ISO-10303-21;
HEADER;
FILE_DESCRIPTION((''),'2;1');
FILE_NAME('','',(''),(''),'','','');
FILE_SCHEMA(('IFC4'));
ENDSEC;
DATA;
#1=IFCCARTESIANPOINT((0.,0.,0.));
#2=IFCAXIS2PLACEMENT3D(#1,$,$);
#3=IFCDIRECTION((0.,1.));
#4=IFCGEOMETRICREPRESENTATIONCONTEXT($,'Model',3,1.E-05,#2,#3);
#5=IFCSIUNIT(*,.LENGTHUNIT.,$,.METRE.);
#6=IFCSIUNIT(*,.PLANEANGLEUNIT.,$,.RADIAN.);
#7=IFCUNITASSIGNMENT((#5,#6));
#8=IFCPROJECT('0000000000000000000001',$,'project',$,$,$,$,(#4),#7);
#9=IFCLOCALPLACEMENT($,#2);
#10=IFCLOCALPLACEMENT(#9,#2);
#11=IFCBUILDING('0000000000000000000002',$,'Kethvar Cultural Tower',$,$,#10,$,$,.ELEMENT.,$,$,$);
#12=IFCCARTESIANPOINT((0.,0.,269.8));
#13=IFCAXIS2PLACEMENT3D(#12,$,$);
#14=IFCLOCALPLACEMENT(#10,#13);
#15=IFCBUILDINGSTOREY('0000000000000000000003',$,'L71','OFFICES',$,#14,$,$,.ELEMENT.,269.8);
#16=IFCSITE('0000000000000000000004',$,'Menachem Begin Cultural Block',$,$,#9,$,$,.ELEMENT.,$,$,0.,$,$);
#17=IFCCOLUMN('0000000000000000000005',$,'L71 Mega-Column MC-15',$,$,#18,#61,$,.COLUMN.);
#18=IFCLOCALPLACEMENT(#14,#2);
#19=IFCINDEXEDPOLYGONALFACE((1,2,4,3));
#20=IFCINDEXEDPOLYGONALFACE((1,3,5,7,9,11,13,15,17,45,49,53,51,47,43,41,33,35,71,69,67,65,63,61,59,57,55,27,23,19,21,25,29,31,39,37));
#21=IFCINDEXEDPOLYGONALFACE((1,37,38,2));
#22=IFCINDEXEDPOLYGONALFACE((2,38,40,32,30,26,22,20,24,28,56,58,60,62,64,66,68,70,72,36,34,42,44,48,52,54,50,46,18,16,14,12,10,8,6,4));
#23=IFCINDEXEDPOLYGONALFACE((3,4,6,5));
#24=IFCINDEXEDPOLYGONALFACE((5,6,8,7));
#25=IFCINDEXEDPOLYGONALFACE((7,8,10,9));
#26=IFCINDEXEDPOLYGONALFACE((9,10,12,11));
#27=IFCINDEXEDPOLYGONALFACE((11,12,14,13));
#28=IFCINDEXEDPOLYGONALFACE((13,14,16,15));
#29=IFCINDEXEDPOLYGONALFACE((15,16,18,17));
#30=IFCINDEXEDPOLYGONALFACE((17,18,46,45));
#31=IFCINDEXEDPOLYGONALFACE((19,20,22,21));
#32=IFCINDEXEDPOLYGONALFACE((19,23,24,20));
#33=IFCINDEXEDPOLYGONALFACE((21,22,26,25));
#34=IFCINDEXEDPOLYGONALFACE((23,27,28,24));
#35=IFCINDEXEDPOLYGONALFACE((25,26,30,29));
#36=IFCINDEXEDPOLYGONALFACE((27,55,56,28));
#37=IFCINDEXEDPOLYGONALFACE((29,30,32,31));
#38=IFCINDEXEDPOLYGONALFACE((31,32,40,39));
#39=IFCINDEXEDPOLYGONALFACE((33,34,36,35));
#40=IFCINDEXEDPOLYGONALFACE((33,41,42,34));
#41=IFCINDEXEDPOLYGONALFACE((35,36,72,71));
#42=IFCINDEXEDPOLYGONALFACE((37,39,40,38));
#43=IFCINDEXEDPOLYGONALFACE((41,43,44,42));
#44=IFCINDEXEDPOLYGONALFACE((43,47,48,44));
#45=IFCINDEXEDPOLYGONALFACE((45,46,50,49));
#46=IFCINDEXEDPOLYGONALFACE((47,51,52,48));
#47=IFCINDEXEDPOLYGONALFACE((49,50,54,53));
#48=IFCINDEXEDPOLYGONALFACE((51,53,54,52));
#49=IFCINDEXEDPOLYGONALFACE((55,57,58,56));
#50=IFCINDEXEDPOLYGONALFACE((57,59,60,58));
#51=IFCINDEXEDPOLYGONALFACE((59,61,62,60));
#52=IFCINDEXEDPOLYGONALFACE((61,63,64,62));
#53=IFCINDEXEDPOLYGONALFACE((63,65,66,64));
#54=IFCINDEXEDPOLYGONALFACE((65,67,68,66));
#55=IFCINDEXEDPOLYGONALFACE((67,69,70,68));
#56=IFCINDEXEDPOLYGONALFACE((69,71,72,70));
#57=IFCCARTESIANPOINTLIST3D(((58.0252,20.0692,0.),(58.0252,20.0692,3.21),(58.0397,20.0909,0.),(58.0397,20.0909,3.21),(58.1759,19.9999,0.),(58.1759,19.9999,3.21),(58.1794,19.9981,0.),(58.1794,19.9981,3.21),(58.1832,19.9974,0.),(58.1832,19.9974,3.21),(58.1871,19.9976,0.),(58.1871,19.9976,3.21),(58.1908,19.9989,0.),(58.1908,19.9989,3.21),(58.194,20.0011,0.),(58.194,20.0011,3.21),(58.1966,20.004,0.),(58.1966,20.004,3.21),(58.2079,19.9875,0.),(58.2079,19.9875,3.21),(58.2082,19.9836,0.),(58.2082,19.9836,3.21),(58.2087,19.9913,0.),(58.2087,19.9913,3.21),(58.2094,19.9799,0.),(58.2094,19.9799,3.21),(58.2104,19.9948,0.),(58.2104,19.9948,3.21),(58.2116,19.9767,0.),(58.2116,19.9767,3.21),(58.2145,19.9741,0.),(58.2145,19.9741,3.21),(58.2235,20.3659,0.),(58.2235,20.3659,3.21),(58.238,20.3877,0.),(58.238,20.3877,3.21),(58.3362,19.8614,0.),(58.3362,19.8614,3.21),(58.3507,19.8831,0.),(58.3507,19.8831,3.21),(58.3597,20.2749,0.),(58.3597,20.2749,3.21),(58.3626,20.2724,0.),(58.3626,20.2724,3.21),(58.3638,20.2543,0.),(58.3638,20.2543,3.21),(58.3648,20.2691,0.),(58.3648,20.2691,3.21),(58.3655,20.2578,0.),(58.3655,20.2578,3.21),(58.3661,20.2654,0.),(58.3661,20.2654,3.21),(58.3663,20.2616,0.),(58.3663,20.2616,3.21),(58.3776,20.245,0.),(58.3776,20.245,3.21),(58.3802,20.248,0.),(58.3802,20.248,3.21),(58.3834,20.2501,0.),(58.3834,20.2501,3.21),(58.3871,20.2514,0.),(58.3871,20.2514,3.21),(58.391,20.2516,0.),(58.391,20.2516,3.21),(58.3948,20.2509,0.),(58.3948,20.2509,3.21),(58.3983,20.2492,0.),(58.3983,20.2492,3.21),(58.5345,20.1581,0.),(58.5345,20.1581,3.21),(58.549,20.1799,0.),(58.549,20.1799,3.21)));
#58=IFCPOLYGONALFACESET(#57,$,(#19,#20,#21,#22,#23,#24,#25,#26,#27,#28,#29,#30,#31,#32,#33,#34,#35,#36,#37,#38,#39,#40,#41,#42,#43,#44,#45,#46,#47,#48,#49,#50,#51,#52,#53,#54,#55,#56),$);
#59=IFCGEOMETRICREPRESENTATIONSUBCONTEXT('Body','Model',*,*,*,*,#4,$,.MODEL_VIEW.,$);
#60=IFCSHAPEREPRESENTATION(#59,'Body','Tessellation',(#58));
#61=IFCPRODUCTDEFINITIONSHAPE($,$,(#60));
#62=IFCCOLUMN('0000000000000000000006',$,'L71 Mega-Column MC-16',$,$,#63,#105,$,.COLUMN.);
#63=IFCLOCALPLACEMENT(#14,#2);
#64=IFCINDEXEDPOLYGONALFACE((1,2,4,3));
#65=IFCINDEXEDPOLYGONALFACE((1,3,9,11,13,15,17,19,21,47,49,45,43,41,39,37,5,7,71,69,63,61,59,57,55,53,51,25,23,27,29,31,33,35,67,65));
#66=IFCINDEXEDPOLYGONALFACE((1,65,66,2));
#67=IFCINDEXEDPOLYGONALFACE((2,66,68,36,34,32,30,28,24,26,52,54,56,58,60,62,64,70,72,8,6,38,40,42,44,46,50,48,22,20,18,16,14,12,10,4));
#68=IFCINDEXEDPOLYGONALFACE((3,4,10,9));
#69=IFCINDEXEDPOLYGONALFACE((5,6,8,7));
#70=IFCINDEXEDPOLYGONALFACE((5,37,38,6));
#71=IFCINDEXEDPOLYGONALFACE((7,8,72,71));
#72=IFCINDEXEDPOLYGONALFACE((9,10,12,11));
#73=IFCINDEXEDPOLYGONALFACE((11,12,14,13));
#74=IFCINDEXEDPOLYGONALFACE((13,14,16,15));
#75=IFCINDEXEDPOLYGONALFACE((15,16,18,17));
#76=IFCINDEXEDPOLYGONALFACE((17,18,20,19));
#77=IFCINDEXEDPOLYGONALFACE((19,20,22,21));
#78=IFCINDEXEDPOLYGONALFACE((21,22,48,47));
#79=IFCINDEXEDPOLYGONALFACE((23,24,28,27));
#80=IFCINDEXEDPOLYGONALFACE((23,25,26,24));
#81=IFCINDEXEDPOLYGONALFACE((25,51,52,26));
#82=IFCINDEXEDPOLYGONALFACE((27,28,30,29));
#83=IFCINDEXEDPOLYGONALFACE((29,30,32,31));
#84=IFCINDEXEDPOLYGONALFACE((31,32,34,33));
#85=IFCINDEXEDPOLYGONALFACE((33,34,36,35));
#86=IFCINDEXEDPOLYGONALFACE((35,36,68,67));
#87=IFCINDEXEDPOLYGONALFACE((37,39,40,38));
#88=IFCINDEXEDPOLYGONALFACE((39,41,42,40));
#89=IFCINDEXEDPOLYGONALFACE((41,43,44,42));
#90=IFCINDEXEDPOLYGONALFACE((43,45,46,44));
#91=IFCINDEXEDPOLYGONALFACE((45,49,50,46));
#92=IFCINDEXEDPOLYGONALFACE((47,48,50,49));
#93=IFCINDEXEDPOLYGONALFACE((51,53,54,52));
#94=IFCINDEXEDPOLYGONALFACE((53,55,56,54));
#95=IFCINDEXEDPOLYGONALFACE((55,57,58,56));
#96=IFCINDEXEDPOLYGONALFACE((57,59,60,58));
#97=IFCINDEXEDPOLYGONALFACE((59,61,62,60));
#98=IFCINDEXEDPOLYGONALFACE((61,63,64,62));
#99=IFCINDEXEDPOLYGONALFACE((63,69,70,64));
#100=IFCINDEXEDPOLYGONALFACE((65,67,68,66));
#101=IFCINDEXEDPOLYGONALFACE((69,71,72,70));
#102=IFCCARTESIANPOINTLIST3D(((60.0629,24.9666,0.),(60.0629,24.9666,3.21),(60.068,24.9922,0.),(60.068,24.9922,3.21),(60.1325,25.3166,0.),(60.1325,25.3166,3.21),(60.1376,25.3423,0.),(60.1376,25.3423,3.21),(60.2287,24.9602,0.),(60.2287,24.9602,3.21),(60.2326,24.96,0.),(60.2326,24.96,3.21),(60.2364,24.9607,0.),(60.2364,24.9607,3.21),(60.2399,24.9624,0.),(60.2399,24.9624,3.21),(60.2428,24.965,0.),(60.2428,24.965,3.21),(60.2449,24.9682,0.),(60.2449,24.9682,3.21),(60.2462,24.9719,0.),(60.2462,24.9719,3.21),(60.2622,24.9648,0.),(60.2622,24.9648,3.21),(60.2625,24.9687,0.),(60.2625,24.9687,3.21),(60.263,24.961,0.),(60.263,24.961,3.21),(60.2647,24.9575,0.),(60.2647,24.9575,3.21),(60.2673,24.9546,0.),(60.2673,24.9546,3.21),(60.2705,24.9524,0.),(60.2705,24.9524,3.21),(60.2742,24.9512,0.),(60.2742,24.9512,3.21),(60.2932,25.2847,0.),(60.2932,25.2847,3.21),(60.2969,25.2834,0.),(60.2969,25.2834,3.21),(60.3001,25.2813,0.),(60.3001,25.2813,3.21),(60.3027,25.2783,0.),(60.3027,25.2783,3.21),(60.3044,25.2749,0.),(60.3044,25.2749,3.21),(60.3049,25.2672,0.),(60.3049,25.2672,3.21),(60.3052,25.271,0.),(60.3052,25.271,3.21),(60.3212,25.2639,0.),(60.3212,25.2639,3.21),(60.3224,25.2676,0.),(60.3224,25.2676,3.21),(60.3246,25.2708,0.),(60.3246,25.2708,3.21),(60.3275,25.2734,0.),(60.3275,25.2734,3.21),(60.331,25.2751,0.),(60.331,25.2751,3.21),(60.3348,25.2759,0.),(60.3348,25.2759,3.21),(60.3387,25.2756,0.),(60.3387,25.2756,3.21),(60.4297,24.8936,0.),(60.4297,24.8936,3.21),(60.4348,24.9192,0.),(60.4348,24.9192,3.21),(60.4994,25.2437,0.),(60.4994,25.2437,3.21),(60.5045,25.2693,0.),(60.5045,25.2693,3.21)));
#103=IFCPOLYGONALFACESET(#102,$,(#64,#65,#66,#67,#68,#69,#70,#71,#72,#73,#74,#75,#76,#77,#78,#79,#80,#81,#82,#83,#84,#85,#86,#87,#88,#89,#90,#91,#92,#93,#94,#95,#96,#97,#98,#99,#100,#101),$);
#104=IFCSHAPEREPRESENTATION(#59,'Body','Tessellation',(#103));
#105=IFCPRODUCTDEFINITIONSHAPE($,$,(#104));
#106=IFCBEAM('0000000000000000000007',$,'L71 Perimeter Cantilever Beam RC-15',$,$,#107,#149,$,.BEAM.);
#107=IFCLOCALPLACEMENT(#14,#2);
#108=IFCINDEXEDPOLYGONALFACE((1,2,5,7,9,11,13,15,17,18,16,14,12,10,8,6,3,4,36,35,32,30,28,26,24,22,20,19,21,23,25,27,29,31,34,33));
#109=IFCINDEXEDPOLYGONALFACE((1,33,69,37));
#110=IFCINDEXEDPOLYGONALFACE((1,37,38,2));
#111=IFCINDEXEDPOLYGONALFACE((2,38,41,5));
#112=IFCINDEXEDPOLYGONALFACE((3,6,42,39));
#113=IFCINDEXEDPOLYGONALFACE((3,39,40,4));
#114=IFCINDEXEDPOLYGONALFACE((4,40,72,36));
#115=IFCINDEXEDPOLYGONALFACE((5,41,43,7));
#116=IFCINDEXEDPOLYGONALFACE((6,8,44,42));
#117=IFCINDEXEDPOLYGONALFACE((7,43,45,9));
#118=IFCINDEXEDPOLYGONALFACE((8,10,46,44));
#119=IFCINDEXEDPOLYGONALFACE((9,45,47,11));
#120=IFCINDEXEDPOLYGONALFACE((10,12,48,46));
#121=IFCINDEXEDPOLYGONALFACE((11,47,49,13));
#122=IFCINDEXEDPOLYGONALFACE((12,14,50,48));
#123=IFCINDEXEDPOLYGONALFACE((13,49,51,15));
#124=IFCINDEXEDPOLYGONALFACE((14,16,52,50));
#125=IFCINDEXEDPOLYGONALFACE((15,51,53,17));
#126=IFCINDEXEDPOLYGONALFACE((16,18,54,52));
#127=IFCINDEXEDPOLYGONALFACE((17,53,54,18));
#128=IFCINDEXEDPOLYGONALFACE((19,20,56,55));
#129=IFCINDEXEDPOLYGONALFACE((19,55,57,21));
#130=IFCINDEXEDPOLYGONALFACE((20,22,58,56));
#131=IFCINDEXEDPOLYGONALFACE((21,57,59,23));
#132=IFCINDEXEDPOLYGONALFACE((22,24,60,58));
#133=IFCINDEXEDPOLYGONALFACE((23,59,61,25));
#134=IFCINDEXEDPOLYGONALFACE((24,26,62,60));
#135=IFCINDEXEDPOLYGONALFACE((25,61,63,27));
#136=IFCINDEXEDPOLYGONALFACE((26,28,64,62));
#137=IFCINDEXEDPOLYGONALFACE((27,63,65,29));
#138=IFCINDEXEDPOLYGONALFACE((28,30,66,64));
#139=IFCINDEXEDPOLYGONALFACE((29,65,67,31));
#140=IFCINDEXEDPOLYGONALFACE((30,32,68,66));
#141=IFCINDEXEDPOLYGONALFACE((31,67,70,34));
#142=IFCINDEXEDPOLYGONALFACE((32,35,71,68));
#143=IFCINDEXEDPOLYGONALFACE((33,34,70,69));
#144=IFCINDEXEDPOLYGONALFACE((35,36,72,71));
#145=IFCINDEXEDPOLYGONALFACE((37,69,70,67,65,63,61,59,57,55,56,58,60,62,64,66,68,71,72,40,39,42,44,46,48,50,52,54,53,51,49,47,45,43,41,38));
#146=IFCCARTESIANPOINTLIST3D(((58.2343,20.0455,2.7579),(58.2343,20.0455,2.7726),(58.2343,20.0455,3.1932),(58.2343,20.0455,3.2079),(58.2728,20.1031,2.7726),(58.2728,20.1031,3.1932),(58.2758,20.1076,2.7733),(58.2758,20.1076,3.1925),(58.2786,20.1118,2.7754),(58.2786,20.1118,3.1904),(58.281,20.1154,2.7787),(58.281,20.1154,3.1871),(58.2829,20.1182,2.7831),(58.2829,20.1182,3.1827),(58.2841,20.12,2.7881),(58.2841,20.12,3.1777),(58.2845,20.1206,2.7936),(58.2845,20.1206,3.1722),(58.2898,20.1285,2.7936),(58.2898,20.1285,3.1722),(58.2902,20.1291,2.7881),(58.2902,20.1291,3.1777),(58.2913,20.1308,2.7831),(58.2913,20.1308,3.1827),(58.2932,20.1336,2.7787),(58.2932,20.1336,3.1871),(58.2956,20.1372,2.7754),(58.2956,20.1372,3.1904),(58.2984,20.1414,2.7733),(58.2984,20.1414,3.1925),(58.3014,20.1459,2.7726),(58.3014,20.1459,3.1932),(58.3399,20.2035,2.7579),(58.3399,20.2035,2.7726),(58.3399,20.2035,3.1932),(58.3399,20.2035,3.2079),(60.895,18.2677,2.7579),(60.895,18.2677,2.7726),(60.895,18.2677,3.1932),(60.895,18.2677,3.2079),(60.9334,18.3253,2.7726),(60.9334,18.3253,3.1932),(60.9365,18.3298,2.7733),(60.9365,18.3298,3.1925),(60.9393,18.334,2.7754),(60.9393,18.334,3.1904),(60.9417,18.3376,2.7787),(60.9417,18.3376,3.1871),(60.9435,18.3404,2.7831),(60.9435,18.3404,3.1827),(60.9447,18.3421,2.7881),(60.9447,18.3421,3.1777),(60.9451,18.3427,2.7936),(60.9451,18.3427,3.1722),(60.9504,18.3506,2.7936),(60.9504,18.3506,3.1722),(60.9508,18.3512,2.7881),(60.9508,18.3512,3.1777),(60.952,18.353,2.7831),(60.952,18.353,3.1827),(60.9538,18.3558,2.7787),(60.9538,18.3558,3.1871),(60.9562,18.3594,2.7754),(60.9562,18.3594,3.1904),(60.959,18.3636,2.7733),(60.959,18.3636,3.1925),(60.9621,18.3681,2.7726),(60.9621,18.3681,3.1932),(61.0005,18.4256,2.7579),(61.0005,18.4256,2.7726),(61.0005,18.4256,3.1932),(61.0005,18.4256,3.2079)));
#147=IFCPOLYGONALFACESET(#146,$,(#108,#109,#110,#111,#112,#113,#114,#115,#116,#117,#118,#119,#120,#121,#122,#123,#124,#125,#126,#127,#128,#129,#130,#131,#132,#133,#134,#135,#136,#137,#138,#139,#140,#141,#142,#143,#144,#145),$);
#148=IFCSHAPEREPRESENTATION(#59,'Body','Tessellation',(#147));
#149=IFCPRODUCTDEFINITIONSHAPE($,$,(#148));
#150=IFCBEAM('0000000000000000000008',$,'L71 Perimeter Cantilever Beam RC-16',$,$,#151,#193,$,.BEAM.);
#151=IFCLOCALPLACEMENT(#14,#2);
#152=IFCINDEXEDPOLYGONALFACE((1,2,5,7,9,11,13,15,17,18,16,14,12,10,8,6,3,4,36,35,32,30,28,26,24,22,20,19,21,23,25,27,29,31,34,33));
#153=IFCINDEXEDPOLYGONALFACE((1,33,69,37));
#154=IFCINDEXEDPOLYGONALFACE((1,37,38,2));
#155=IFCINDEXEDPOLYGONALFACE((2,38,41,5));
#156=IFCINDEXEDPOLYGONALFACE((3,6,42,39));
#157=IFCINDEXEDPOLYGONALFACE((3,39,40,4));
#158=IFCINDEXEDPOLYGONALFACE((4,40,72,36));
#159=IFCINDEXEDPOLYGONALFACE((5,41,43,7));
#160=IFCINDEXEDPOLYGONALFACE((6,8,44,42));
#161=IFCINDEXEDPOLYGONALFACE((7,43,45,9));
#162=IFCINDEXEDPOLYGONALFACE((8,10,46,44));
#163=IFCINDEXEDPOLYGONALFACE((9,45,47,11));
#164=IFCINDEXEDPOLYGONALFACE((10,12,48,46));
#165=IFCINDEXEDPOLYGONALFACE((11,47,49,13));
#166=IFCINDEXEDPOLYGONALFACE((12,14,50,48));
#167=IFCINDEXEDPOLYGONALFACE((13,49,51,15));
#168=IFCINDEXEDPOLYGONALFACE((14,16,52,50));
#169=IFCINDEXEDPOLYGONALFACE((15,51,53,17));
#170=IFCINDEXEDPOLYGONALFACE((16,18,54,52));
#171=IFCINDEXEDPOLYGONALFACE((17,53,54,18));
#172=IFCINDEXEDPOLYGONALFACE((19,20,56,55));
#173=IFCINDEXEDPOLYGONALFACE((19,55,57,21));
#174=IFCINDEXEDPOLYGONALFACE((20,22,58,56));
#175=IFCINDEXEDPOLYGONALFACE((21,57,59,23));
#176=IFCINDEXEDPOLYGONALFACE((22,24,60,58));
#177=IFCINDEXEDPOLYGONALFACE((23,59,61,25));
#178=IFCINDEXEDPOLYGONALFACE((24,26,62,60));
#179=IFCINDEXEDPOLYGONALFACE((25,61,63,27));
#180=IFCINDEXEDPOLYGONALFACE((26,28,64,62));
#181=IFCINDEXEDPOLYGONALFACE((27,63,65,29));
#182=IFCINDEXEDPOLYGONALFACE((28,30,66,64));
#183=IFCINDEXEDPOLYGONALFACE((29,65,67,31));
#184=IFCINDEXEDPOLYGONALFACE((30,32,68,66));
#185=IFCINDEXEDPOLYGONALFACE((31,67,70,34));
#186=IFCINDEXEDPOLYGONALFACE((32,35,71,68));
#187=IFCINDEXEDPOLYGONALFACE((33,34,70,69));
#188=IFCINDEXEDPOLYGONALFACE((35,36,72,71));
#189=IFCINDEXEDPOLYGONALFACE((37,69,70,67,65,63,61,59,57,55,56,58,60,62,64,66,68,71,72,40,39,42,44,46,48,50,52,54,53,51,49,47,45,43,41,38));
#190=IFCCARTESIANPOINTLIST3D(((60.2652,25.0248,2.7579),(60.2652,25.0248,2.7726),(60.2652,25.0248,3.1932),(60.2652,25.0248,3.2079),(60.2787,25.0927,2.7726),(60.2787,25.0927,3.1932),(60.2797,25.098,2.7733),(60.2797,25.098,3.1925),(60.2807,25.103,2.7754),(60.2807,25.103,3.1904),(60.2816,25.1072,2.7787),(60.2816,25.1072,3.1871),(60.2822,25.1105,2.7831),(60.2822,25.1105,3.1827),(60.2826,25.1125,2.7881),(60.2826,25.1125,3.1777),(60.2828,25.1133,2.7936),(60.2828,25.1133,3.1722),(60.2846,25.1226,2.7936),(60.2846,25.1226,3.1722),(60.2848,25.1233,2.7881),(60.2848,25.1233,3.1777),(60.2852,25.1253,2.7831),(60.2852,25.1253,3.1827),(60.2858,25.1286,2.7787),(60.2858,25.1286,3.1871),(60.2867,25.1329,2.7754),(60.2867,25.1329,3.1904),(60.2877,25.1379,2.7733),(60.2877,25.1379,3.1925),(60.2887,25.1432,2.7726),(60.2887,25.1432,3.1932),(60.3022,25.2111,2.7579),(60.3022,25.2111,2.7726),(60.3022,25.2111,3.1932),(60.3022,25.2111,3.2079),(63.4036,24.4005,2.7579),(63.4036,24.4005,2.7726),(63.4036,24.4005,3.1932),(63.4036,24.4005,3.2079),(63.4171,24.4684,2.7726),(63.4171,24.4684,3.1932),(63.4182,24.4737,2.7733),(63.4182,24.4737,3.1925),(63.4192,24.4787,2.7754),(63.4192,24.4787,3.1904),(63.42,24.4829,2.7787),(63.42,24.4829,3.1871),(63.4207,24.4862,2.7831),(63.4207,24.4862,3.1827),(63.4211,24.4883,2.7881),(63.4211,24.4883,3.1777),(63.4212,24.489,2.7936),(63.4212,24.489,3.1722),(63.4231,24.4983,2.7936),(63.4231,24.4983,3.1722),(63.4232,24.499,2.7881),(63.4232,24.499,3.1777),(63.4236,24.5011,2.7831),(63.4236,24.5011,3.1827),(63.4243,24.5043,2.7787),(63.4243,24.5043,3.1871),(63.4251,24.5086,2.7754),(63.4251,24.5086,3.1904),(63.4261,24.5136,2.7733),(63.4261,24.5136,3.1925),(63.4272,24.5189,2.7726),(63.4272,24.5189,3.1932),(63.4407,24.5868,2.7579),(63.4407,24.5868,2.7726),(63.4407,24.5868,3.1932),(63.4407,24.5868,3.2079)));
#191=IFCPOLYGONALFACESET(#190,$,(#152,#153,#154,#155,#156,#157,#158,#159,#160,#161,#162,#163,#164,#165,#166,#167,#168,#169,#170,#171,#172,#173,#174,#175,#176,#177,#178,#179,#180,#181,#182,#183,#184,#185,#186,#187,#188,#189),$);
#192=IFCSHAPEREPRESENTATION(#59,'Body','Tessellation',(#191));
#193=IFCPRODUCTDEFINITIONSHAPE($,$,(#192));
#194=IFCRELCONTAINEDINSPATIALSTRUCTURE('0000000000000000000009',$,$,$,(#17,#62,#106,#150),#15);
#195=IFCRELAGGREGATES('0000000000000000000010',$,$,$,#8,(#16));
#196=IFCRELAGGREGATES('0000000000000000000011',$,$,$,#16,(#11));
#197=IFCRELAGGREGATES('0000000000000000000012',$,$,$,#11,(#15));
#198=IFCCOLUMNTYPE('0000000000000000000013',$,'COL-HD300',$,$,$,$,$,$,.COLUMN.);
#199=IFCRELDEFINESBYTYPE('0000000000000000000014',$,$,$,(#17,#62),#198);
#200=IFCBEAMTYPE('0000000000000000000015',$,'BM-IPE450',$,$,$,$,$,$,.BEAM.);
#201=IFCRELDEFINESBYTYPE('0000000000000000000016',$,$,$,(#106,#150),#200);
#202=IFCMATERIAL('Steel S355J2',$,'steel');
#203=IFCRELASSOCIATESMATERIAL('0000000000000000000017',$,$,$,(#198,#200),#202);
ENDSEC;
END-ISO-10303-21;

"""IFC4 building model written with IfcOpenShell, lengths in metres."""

from ifc_helpers import new_model, si_unit, direction, frame, origin, origin_2d, place, context, subcontext, project, spatial, i_section, extrude, source, transform, mapped, material, material_profile, profile_set, type_object, element, save


model = new_model("IFC4")

# Units and contexts
model_context = context("Model", 3, precision=1e-05, world=origin(), true_north=direction((0.0, 1.0)))
body_context = subcontext(model_context, "Body", "Model", "MODEL_VIEW")
ifc_project = project(units=[si_unit("LENGTHUNIT", "METRE"), si_unit("PLANEANGLEUNIT", "RADIAN")], contexts=[model_context])

# Site, building, storey
site_placement = place(None, origin())
site = spatial("IfcSite", under=ifc_project, at=site_placement, Name="Menachem Begin Cultural Block", CompositionType="ELEMENT", RefElevation=0.0)
building_placement = place(site_placement, origin())
building = spatial("IfcBuilding", under=site, at=building_placement, Name="Kethvar Cultural Tower", CompositionType="ELEMENT")
storey_placement = place(building_placement, frame((0.0, 0.0, 269.8)))
storey = spatial("IfcBuildingStorey", under=building, at=storey_placement, Name="L71", Description="OFFICES", CompositionType="ELEMENT", Elevation=269.8)

# Columns
ifc_material_1 = material(Name="Steel S355J2", Category="steel")
ifc_material_profile_1 = material_profile(ifc_material_1, i_section(OverallWidth=0.374, OverallDepth=0.3831, WebThickness=0.0166, FlangeThickness=0.0261, FilletRadius=0.0149, at=origin_2d()), Name="Steel S355J2 — HD360x300")
ifc_profile_set_1 = profile_set([ifc_material_profile_1], Name="Steel S355J2 — HD360x300")
column_type = type_object("IfcColumnType", Name="COL-HD300", PredefinedType="COLUMN", material=ifc_profile_set_1)
shared_shape_1 = source(origin(), body_context, "Body", "SweptSolid", [
    extrude(i_section(OverallWidth=0.374, OverallDepth=0.3831, WebThickness=0.0166, FlangeThickness=0.0261, FilletRadius=0.0149, at=origin_2d()), origin(), (0.0, 0.0, 1.0), 3.21),
])
for number, where, z_axis, x_axis, name in (
    (1, (58.2871, 20.1245, 0.0), (0.0, 0.0, 1.0), (0.83147, -0.55557, 0.0), "L71 Mega-Column MC-15"),
    (2, (60.2837, 25.1179, 0.0), (0.0, 0.0, 1.0), (0.980785, -0.19509, 0.0), "L71 Mega-Column MC-16"),
):
    element("IfcColumn", number, at=place(storey_placement, frame(where, z_axis=z_axis, x_axis=x_axis)), inside=storey, type_object=column_type, Name=name, PredefinedType="COLUMN", context=body_context, shape_type="MappedRepresentation", body=[
        mapped(shared_shape_1, transform((0.0, 0.0, 0.0), scale=1.0)),
    ])

# Beams
ifc_material_profile_2 = material_profile(ifc_material_1, i_section(OverallWidth=0.1899, OverallDepth=0.45, WebThickness=0.0095, FlangeThickness=0.0146, FilletRadius=0.021, at=origin_2d()), Name="Steel S355J2 — IPE450")
ifc_profile_set_2 = profile_set([ifc_material_profile_2], Name="Steel S355J2 — IPE450")
beam_type_1 = type_object("IfcBeamType", Name="BM-IPE450", PredefinedType="BEAM", material=ifc_profile_set_2)
shared_shape_2 = source(origin(), body_context, "Body", "SweptSolid", [
    extrude(i_section(OverallWidth=0.1899, OverallDepth=0.45, WebThickness=0.0095, FlangeThickness=0.0146, FilletRadius=0.021, at=origin_2d()), origin(), (0.0, 0.0, 1.0), 3.2),
])
for number, where, z_axis, x_axis, name in (
    (3, (58.2871, 20.1245, 2.9829), (0.831463, -0.55558, 0.0), (0.55558, 0.831463, 0.0), "L71 Perimeter Cantilever Beam RC-15"),
    (4, (60.2837, 25.1179, 2.9829), (0.980786, -0.195089, 0.0), (0.195089, 0.980786, 0.0), "L71 Perimeter Cantilever Beam RC-16"),
):
    element("IfcBeam", number, at=place(storey_placement, frame(where, z_axis=z_axis, x_axis=x_axis)), inside=storey, type_object=beam_type_1, Name=name, PredefinedType="BEAM", context=body_context, shape_type="MappedRepresentation", body=[
        mapped(shared_shape_2, transform((0.0, 0.0, 0.0), scale=1.0)),
    ])

save(model, "model.ifc")
